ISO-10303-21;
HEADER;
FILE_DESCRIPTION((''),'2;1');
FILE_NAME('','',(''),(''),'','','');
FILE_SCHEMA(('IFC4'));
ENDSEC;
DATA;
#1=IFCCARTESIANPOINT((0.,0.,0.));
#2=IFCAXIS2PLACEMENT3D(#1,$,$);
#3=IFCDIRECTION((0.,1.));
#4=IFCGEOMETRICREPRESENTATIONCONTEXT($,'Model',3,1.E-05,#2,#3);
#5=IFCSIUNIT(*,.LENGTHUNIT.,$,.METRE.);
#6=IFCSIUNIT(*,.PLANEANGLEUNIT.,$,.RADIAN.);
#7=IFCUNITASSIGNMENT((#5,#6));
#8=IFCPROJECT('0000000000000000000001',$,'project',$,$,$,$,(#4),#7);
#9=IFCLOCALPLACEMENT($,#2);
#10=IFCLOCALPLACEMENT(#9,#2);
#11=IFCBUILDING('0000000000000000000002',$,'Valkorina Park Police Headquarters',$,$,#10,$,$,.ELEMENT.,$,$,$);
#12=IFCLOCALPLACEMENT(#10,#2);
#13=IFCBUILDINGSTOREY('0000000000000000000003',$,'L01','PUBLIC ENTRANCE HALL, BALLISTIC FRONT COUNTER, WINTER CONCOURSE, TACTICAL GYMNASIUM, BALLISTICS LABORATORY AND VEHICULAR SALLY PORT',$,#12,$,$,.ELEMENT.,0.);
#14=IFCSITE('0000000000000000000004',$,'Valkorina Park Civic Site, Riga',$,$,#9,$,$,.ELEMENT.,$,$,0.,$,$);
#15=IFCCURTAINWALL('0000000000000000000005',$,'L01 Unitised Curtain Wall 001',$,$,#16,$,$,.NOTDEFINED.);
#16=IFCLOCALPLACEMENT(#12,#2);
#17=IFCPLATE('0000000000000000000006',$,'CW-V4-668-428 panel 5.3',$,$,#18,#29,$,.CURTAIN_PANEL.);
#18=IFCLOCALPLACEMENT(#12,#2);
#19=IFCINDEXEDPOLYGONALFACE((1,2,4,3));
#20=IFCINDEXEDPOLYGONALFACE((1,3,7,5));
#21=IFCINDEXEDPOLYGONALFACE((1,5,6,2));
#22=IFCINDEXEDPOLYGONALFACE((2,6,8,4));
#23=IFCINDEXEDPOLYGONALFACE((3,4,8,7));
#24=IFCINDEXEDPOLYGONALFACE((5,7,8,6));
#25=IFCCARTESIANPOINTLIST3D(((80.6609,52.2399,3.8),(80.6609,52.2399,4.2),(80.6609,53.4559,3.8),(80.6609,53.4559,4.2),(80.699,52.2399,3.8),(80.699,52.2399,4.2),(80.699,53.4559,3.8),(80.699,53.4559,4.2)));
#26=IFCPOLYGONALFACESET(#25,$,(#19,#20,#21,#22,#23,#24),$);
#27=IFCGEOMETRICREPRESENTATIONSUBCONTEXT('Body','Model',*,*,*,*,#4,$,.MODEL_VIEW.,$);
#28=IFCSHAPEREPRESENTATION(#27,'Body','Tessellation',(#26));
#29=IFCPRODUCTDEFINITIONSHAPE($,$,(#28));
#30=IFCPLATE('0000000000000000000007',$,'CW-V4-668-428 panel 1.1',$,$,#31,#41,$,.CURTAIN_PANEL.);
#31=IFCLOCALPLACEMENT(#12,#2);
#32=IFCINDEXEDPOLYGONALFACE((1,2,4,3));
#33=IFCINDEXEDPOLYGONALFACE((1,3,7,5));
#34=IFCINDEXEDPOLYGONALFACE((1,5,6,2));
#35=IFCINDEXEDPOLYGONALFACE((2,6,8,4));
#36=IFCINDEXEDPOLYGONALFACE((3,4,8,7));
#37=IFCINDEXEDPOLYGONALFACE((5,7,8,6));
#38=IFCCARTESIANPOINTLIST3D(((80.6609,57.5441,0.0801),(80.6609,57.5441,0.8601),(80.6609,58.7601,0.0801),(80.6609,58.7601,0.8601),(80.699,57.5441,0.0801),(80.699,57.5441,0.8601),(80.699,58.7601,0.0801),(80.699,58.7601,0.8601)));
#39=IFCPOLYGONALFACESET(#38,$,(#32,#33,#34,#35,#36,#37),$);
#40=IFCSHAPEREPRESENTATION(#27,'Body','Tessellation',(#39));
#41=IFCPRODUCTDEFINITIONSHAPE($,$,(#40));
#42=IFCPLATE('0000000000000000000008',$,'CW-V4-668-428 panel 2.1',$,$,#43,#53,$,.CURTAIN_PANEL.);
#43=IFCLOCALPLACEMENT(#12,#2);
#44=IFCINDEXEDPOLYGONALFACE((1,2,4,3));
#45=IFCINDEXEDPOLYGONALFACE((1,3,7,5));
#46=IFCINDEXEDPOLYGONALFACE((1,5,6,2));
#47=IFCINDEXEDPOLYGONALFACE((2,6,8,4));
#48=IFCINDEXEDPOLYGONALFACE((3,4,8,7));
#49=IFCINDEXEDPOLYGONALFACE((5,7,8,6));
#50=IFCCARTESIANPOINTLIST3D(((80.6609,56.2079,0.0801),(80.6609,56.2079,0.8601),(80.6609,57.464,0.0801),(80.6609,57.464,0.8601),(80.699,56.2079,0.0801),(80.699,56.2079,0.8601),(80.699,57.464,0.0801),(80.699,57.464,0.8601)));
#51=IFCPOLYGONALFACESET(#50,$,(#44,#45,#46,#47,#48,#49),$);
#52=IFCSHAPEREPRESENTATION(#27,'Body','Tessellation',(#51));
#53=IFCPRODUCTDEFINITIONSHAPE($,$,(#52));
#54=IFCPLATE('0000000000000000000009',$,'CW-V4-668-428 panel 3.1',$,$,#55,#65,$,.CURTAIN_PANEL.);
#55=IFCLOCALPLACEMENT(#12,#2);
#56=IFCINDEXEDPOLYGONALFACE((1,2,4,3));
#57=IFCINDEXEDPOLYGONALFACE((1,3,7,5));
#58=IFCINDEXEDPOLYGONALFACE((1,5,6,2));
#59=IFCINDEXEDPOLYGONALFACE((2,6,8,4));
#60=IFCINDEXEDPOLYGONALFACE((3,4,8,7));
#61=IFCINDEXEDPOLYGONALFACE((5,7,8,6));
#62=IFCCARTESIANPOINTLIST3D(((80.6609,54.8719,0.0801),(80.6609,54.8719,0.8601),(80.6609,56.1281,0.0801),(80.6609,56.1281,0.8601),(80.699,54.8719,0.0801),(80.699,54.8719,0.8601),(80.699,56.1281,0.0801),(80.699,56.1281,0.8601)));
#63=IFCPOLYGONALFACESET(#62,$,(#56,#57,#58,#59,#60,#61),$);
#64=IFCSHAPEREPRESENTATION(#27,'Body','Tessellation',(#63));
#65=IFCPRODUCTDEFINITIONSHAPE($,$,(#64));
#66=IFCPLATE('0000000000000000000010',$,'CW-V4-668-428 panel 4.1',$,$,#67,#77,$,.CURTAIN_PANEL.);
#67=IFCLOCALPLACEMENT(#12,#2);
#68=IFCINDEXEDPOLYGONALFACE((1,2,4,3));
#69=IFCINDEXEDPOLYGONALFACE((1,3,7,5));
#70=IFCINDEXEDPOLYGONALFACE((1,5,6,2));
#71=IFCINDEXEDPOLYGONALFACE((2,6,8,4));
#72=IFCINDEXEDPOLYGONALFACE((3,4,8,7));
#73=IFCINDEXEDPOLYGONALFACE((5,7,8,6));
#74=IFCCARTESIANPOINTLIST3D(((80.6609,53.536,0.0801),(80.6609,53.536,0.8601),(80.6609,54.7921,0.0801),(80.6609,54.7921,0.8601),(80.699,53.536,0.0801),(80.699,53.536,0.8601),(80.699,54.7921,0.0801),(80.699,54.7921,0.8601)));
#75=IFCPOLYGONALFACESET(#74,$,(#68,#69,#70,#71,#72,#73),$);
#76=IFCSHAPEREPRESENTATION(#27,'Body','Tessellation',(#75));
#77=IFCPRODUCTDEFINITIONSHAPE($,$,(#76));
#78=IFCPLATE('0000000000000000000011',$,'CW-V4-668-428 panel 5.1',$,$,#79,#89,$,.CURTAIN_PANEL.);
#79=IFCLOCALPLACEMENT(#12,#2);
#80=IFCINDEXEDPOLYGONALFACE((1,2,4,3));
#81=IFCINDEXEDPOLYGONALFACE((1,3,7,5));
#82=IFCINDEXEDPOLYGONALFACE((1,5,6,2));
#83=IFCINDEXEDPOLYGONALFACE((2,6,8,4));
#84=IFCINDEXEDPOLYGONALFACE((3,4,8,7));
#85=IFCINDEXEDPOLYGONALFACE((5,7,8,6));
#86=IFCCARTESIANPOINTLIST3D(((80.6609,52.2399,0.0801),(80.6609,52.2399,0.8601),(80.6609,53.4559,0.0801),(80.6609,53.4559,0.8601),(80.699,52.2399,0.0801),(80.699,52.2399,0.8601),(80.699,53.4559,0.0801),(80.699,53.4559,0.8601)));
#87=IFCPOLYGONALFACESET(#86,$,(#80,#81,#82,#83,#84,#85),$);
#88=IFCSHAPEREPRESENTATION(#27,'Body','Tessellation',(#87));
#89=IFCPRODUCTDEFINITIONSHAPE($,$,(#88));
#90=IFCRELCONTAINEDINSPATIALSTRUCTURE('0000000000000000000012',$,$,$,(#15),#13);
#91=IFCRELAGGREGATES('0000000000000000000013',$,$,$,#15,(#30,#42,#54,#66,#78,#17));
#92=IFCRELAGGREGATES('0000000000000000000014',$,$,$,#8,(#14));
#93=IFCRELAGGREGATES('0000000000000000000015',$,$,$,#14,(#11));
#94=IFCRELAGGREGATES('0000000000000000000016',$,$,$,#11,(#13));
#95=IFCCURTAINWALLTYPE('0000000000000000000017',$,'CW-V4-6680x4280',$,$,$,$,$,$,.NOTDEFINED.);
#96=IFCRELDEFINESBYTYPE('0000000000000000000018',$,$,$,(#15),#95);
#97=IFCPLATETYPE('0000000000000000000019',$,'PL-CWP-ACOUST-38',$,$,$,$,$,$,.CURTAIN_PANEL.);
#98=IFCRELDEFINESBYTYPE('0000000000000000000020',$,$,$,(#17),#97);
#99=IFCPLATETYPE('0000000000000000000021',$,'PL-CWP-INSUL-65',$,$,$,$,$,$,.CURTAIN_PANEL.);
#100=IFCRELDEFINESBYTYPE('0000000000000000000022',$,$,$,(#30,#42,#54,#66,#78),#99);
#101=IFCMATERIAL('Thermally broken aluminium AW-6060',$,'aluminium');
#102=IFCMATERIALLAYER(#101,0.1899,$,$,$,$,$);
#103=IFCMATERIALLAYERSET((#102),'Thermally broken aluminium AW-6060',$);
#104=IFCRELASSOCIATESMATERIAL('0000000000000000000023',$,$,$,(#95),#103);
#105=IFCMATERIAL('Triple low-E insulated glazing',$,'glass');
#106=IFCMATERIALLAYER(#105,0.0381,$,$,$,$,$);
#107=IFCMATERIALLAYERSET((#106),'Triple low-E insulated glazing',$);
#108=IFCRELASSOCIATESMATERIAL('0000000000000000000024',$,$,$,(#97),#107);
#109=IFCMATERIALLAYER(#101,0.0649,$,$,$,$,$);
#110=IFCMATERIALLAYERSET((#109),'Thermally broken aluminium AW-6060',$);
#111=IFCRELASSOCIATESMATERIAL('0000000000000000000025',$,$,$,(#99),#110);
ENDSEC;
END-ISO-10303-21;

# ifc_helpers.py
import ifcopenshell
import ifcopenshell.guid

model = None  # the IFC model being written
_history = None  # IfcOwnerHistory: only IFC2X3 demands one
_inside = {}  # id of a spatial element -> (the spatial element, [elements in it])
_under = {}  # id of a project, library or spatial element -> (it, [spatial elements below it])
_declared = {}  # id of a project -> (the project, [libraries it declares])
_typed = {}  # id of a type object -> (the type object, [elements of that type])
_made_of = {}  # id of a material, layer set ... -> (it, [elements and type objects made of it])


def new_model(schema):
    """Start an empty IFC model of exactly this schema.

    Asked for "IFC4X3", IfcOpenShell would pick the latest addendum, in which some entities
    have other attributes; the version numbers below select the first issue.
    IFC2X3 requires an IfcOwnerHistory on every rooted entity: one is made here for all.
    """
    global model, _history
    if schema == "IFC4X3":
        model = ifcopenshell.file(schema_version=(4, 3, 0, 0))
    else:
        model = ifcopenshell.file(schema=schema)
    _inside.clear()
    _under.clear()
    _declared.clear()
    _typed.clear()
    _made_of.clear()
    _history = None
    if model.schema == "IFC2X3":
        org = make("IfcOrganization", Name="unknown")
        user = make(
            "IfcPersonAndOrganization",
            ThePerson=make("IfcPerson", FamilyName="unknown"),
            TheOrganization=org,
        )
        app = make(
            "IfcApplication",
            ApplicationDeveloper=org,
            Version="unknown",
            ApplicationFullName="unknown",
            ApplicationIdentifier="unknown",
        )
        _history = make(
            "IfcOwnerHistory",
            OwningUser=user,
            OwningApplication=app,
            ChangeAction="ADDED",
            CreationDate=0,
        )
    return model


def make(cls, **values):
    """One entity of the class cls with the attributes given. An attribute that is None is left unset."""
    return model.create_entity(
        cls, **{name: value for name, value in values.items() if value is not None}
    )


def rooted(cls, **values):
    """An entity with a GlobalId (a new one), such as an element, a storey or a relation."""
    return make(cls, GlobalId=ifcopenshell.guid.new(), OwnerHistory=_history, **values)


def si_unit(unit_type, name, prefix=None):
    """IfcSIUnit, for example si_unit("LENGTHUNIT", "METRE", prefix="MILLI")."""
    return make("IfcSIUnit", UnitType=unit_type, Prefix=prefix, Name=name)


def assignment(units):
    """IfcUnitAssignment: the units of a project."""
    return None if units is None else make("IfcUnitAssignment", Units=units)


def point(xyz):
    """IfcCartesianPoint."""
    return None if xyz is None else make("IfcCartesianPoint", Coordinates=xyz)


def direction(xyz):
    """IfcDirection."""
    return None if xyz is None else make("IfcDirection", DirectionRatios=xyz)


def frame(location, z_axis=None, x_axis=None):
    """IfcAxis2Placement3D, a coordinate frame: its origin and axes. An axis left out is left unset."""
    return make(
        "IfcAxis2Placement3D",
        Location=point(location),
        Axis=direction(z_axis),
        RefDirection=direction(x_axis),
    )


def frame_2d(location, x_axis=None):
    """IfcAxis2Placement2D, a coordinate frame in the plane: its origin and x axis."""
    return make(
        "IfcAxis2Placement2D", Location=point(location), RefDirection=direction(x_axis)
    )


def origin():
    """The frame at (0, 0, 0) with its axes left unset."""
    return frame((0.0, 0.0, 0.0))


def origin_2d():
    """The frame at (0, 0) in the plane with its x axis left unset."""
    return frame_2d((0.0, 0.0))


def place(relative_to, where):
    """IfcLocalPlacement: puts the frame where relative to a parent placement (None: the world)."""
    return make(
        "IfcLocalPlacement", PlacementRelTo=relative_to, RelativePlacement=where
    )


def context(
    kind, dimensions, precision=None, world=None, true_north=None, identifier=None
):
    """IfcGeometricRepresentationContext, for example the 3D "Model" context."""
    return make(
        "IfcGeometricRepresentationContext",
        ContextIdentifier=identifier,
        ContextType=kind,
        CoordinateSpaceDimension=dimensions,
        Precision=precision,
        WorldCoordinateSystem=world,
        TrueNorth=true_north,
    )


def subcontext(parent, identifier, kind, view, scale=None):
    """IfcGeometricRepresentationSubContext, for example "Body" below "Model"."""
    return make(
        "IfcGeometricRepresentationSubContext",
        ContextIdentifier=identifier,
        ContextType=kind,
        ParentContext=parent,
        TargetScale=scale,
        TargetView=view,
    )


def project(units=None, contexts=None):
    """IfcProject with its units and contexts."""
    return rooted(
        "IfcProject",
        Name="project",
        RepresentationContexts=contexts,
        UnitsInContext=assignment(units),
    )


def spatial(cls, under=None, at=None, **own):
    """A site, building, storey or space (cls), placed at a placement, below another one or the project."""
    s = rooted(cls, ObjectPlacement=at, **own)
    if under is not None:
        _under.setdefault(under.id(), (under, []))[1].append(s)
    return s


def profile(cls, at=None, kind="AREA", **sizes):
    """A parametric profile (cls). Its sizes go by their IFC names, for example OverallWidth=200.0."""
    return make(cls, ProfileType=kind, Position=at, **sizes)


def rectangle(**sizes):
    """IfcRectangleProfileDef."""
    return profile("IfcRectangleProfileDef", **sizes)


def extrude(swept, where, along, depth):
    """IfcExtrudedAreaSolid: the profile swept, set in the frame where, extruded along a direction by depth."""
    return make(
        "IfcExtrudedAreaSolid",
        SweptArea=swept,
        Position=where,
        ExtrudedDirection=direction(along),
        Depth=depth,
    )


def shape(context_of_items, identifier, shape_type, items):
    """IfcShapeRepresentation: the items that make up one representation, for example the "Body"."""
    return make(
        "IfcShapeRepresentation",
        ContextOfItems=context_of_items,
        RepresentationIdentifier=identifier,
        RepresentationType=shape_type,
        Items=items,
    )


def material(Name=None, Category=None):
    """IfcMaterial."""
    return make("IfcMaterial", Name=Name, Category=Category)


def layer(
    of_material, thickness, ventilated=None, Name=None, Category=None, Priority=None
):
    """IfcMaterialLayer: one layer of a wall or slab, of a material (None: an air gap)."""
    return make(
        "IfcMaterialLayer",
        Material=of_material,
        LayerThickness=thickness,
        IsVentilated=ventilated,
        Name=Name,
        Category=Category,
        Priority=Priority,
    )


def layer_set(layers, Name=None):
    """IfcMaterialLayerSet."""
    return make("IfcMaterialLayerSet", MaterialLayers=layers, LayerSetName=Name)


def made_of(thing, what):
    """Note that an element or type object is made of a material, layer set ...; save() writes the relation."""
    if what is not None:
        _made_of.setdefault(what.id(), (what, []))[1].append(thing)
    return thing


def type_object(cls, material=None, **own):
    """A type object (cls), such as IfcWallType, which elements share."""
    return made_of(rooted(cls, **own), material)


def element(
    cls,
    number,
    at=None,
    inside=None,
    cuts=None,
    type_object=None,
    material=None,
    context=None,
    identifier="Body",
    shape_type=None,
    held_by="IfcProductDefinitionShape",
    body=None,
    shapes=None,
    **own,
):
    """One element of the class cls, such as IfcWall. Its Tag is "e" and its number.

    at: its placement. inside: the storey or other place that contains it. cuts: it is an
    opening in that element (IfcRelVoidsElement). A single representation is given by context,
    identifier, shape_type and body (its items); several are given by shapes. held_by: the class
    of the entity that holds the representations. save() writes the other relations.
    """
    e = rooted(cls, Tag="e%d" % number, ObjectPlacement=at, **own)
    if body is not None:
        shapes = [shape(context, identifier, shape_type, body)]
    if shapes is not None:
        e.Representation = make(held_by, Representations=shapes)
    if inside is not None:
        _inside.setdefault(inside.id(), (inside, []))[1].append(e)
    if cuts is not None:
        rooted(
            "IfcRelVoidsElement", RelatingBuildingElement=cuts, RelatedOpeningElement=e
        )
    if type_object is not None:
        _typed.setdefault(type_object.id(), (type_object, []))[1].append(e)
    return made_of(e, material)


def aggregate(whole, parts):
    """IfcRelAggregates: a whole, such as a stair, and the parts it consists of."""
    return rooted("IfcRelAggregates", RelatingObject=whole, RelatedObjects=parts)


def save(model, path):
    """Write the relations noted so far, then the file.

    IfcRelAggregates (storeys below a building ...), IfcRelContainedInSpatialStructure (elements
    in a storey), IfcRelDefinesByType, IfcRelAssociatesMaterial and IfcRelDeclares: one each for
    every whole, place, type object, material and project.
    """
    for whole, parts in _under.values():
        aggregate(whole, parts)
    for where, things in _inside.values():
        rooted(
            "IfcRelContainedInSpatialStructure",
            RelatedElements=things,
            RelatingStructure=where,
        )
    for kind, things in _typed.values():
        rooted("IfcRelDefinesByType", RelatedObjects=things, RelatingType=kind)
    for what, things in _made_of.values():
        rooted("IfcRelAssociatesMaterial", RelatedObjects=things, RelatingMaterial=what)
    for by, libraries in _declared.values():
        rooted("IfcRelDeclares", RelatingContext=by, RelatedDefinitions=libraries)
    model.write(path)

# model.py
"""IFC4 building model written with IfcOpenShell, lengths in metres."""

from ifc_helpers import new_model, si_unit, direction, frame, origin, origin_2d, place, context, subcontext, project, spatial, rectangle, extrude, material, layer, layer_set, type_object, element, aggregate, save


model = new_model("IFC4")

# Units and contexts
model_context = context("Model", 3, precision=1e-05, world=origin(), true_north=direction((0.0, 1.0)))
body_context = subcontext(model_context, "Body", "Model", "MODEL_VIEW")
ifc_project = project(units=[si_unit("LENGTHUNIT", "METRE"), si_unit("PLANEANGLEUNIT", "RADIAN")], contexts=[model_context])

# Site, building, storey
site_placement = place(None, origin())
site = spatial("IfcSite", under=ifc_project, at=site_placement, Name="Valkorina Park Civic Site, Riga", CompositionType="ELEMENT", RefElevation=0.0)
building_placement = place(site_placement, origin())
building = spatial("IfcBuilding", under=site, at=building_placement, Name="Valkorina Park Police Headquarters", CompositionType="ELEMENT")
storey_placement = place(building_placement, origin())
storey = spatial("IfcBuildingStorey", under=building, at=storey_placement, Name="L01", Description="PUBLIC ENTRANCE HALL, BALLISTIC FRONT COUNTER, WINTER CONCOURSE, TACTICAL GYMNASIUM, BALLISTICS LABORATORY AND VEHICULAR SALLY PORT", CompositionType="ELEMENT", Elevation=0.0)

# Curtain wall, plates
ifc_material_1 = material(Name="Thermally broken aluminium AW-6060", Category="aluminium")
ifc_layer_1 = layer(ifc_material_1, 0.1899)
ifc_layer_set_1 = layer_set([ifc_layer_1], Name="Thermally broken aluminium AW-6060")
curtain_wall_type = type_object("IfcCurtainWallType", Name="CW-V4-6680x4280", PredefinedType="NOTDEFINED", material=ifc_layer_set_1)
curtain_wall_placement = place(storey_placement, origin())
curtain_wall = element("IfcCurtainWall", 1, at=curtain_wall_placement, inside=storey, type_object=curtain_wall_type, Name="L01 Unitised Curtain Wall 001", PredefinedType="NOTDEFINED")
ifc_material_2 = material(Name="Triple low-E insulated glazing", Category="glass")
ifc_layer_2 = layer(ifc_material_2, 0.0381)
ifc_layer_set_2 = layer_set([ifc_layer_2], Name="Triple low-E insulated glazing")
plate_type_1 = type_object("IfcPlateType", Name="PL-CWP-ACOUST-38", PredefinedType="CURTAIN_PANEL", material=ifc_layer_set_2)
plate_1_placement = place(storey_placement, frame((80.6799, 52.8479, 3.8), z_axis=(0.0, 0.0, 1.0), x_axis=(0.0, -1.0, 0.0)))
plate_1 = element("IfcPlate", 2, at=plate_1_placement, type_object=plate_type_1, Name="CW-V4-668-428 panel 5.3", PredefinedType="CURTAIN_PANEL", context=body_context, shape_type="SweptSolid", body=[
    extrude(rectangle(XDim=1.2161, YDim=0.0381, at=origin_2d()), origin(), (0.0, 0.0, 1.0), 0.3999),
])
ifc_layer_3 = layer(ifc_material_1, 0.0649)
ifc_layer_set_3 = layer_set([ifc_layer_3], Name="Thermally broken aluminium AW-6060")
plate_type_2 = type_object("IfcPlateType", Name="PL-CWP-INSUL-65", PredefinedType="CURTAIN_PANEL", material=ifc_layer_set_3)
plate_2_placement = place(storey_placement, frame((80.6799, 58.1521, 0.0801), z_axis=(0.0, 0.0, 1.0), x_axis=(0.0, -1.0, 0.0)))
plate_2 = element("IfcPlate", 3, at=plate_2_placement, type_object=plate_type_2, Name="CW-V4-668-428 panel 1.1", PredefinedType="CURTAIN_PANEL", context=body_context, shape_type="SweptSolid", body=[
    extrude(rectangle(XDim=1.2161, YDim=0.0381, at=origin_2d()), origin(), (0.0, 0.0, 1.0), 0.78),
])
plate_3_placement = place(storey_placement, frame((80.6799, 56.8359, 0.0801), z_axis=(0.0, 0.0, 1.0), x_axis=(0.0, -1.0, 0.0)))
plate_3 = element("IfcPlate", 4, at=plate_3_placement, type_object=plate_type_2, Name="CW-V4-668-428 panel 2.1", PredefinedType="CURTAIN_PANEL", context=body_context, shape_type="SweptSolid", body=[
    extrude(rectangle(XDim=1.2561, YDim=0.0381, at=origin_2d()), origin(), (0.0, 0.0, 1.0), 0.78),
])
plate_4_placement = place(storey_placement, frame((80.6799, 55.5, 0.0801), z_axis=(0.0, 0.0, 1.0), x_axis=(0.0, -1.0, 0.0)))
plate_4 = element("IfcPlate", 5, at=plate_4_placement, type_object=plate_type_2, Name="CW-V4-668-428 panel 3.1", PredefinedType="CURTAIN_PANEL", context=body_context, shape_type="SweptSolid", body=[
    extrude(rectangle(XDim=1.2561, YDim=0.0381, at=origin_2d()), origin(), (0.0, 0.0, 1.0), 0.78),
])
plate_5_placement = place(storey_placement, frame((80.6799, 54.1641, 0.0801), z_axis=(0.0, 0.0, 1.0), x_axis=(0.0, -1.0, 0.0)))
plate_5 = element("IfcPlate", 6, at=plate_5_placement, type_object=plate_type_2, Name="CW-V4-668-428 panel 4.1", PredefinedType="CURTAIN_PANEL", context=body_context, shape_type="SweptSolid", body=[
    extrude(rectangle(XDim=1.2561, YDim=0.0381, at=origin_2d()), origin(), (0.0, 0.0, 1.0), 0.78),
])
plate_6_placement = place(storey_placement, frame((80.6799, 52.8479, 0.0801), z_axis=(0.0, 0.0, 1.0), x_axis=(0.0, -1.0, 0.0)))
plate_6 = element("IfcPlate", 7, at=plate_6_placement, type_object=plate_type_2, Name="CW-V4-668-428 panel 5.1", PredefinedType="CURTAIN_PANEL", context=body_context, shape_type="SweptSolid", body=[
    extrude(rectangle(XDim=1.2161, YDim=0.0381, at=origin_2d()), origin(), (0.0, 0.0, 1.0), 0.78),
])
aggregate(curtain_wall, [plate_2, plate_3, plate_4, plate_5, plate_6, plate_1])

save(model, "model.ifc")
